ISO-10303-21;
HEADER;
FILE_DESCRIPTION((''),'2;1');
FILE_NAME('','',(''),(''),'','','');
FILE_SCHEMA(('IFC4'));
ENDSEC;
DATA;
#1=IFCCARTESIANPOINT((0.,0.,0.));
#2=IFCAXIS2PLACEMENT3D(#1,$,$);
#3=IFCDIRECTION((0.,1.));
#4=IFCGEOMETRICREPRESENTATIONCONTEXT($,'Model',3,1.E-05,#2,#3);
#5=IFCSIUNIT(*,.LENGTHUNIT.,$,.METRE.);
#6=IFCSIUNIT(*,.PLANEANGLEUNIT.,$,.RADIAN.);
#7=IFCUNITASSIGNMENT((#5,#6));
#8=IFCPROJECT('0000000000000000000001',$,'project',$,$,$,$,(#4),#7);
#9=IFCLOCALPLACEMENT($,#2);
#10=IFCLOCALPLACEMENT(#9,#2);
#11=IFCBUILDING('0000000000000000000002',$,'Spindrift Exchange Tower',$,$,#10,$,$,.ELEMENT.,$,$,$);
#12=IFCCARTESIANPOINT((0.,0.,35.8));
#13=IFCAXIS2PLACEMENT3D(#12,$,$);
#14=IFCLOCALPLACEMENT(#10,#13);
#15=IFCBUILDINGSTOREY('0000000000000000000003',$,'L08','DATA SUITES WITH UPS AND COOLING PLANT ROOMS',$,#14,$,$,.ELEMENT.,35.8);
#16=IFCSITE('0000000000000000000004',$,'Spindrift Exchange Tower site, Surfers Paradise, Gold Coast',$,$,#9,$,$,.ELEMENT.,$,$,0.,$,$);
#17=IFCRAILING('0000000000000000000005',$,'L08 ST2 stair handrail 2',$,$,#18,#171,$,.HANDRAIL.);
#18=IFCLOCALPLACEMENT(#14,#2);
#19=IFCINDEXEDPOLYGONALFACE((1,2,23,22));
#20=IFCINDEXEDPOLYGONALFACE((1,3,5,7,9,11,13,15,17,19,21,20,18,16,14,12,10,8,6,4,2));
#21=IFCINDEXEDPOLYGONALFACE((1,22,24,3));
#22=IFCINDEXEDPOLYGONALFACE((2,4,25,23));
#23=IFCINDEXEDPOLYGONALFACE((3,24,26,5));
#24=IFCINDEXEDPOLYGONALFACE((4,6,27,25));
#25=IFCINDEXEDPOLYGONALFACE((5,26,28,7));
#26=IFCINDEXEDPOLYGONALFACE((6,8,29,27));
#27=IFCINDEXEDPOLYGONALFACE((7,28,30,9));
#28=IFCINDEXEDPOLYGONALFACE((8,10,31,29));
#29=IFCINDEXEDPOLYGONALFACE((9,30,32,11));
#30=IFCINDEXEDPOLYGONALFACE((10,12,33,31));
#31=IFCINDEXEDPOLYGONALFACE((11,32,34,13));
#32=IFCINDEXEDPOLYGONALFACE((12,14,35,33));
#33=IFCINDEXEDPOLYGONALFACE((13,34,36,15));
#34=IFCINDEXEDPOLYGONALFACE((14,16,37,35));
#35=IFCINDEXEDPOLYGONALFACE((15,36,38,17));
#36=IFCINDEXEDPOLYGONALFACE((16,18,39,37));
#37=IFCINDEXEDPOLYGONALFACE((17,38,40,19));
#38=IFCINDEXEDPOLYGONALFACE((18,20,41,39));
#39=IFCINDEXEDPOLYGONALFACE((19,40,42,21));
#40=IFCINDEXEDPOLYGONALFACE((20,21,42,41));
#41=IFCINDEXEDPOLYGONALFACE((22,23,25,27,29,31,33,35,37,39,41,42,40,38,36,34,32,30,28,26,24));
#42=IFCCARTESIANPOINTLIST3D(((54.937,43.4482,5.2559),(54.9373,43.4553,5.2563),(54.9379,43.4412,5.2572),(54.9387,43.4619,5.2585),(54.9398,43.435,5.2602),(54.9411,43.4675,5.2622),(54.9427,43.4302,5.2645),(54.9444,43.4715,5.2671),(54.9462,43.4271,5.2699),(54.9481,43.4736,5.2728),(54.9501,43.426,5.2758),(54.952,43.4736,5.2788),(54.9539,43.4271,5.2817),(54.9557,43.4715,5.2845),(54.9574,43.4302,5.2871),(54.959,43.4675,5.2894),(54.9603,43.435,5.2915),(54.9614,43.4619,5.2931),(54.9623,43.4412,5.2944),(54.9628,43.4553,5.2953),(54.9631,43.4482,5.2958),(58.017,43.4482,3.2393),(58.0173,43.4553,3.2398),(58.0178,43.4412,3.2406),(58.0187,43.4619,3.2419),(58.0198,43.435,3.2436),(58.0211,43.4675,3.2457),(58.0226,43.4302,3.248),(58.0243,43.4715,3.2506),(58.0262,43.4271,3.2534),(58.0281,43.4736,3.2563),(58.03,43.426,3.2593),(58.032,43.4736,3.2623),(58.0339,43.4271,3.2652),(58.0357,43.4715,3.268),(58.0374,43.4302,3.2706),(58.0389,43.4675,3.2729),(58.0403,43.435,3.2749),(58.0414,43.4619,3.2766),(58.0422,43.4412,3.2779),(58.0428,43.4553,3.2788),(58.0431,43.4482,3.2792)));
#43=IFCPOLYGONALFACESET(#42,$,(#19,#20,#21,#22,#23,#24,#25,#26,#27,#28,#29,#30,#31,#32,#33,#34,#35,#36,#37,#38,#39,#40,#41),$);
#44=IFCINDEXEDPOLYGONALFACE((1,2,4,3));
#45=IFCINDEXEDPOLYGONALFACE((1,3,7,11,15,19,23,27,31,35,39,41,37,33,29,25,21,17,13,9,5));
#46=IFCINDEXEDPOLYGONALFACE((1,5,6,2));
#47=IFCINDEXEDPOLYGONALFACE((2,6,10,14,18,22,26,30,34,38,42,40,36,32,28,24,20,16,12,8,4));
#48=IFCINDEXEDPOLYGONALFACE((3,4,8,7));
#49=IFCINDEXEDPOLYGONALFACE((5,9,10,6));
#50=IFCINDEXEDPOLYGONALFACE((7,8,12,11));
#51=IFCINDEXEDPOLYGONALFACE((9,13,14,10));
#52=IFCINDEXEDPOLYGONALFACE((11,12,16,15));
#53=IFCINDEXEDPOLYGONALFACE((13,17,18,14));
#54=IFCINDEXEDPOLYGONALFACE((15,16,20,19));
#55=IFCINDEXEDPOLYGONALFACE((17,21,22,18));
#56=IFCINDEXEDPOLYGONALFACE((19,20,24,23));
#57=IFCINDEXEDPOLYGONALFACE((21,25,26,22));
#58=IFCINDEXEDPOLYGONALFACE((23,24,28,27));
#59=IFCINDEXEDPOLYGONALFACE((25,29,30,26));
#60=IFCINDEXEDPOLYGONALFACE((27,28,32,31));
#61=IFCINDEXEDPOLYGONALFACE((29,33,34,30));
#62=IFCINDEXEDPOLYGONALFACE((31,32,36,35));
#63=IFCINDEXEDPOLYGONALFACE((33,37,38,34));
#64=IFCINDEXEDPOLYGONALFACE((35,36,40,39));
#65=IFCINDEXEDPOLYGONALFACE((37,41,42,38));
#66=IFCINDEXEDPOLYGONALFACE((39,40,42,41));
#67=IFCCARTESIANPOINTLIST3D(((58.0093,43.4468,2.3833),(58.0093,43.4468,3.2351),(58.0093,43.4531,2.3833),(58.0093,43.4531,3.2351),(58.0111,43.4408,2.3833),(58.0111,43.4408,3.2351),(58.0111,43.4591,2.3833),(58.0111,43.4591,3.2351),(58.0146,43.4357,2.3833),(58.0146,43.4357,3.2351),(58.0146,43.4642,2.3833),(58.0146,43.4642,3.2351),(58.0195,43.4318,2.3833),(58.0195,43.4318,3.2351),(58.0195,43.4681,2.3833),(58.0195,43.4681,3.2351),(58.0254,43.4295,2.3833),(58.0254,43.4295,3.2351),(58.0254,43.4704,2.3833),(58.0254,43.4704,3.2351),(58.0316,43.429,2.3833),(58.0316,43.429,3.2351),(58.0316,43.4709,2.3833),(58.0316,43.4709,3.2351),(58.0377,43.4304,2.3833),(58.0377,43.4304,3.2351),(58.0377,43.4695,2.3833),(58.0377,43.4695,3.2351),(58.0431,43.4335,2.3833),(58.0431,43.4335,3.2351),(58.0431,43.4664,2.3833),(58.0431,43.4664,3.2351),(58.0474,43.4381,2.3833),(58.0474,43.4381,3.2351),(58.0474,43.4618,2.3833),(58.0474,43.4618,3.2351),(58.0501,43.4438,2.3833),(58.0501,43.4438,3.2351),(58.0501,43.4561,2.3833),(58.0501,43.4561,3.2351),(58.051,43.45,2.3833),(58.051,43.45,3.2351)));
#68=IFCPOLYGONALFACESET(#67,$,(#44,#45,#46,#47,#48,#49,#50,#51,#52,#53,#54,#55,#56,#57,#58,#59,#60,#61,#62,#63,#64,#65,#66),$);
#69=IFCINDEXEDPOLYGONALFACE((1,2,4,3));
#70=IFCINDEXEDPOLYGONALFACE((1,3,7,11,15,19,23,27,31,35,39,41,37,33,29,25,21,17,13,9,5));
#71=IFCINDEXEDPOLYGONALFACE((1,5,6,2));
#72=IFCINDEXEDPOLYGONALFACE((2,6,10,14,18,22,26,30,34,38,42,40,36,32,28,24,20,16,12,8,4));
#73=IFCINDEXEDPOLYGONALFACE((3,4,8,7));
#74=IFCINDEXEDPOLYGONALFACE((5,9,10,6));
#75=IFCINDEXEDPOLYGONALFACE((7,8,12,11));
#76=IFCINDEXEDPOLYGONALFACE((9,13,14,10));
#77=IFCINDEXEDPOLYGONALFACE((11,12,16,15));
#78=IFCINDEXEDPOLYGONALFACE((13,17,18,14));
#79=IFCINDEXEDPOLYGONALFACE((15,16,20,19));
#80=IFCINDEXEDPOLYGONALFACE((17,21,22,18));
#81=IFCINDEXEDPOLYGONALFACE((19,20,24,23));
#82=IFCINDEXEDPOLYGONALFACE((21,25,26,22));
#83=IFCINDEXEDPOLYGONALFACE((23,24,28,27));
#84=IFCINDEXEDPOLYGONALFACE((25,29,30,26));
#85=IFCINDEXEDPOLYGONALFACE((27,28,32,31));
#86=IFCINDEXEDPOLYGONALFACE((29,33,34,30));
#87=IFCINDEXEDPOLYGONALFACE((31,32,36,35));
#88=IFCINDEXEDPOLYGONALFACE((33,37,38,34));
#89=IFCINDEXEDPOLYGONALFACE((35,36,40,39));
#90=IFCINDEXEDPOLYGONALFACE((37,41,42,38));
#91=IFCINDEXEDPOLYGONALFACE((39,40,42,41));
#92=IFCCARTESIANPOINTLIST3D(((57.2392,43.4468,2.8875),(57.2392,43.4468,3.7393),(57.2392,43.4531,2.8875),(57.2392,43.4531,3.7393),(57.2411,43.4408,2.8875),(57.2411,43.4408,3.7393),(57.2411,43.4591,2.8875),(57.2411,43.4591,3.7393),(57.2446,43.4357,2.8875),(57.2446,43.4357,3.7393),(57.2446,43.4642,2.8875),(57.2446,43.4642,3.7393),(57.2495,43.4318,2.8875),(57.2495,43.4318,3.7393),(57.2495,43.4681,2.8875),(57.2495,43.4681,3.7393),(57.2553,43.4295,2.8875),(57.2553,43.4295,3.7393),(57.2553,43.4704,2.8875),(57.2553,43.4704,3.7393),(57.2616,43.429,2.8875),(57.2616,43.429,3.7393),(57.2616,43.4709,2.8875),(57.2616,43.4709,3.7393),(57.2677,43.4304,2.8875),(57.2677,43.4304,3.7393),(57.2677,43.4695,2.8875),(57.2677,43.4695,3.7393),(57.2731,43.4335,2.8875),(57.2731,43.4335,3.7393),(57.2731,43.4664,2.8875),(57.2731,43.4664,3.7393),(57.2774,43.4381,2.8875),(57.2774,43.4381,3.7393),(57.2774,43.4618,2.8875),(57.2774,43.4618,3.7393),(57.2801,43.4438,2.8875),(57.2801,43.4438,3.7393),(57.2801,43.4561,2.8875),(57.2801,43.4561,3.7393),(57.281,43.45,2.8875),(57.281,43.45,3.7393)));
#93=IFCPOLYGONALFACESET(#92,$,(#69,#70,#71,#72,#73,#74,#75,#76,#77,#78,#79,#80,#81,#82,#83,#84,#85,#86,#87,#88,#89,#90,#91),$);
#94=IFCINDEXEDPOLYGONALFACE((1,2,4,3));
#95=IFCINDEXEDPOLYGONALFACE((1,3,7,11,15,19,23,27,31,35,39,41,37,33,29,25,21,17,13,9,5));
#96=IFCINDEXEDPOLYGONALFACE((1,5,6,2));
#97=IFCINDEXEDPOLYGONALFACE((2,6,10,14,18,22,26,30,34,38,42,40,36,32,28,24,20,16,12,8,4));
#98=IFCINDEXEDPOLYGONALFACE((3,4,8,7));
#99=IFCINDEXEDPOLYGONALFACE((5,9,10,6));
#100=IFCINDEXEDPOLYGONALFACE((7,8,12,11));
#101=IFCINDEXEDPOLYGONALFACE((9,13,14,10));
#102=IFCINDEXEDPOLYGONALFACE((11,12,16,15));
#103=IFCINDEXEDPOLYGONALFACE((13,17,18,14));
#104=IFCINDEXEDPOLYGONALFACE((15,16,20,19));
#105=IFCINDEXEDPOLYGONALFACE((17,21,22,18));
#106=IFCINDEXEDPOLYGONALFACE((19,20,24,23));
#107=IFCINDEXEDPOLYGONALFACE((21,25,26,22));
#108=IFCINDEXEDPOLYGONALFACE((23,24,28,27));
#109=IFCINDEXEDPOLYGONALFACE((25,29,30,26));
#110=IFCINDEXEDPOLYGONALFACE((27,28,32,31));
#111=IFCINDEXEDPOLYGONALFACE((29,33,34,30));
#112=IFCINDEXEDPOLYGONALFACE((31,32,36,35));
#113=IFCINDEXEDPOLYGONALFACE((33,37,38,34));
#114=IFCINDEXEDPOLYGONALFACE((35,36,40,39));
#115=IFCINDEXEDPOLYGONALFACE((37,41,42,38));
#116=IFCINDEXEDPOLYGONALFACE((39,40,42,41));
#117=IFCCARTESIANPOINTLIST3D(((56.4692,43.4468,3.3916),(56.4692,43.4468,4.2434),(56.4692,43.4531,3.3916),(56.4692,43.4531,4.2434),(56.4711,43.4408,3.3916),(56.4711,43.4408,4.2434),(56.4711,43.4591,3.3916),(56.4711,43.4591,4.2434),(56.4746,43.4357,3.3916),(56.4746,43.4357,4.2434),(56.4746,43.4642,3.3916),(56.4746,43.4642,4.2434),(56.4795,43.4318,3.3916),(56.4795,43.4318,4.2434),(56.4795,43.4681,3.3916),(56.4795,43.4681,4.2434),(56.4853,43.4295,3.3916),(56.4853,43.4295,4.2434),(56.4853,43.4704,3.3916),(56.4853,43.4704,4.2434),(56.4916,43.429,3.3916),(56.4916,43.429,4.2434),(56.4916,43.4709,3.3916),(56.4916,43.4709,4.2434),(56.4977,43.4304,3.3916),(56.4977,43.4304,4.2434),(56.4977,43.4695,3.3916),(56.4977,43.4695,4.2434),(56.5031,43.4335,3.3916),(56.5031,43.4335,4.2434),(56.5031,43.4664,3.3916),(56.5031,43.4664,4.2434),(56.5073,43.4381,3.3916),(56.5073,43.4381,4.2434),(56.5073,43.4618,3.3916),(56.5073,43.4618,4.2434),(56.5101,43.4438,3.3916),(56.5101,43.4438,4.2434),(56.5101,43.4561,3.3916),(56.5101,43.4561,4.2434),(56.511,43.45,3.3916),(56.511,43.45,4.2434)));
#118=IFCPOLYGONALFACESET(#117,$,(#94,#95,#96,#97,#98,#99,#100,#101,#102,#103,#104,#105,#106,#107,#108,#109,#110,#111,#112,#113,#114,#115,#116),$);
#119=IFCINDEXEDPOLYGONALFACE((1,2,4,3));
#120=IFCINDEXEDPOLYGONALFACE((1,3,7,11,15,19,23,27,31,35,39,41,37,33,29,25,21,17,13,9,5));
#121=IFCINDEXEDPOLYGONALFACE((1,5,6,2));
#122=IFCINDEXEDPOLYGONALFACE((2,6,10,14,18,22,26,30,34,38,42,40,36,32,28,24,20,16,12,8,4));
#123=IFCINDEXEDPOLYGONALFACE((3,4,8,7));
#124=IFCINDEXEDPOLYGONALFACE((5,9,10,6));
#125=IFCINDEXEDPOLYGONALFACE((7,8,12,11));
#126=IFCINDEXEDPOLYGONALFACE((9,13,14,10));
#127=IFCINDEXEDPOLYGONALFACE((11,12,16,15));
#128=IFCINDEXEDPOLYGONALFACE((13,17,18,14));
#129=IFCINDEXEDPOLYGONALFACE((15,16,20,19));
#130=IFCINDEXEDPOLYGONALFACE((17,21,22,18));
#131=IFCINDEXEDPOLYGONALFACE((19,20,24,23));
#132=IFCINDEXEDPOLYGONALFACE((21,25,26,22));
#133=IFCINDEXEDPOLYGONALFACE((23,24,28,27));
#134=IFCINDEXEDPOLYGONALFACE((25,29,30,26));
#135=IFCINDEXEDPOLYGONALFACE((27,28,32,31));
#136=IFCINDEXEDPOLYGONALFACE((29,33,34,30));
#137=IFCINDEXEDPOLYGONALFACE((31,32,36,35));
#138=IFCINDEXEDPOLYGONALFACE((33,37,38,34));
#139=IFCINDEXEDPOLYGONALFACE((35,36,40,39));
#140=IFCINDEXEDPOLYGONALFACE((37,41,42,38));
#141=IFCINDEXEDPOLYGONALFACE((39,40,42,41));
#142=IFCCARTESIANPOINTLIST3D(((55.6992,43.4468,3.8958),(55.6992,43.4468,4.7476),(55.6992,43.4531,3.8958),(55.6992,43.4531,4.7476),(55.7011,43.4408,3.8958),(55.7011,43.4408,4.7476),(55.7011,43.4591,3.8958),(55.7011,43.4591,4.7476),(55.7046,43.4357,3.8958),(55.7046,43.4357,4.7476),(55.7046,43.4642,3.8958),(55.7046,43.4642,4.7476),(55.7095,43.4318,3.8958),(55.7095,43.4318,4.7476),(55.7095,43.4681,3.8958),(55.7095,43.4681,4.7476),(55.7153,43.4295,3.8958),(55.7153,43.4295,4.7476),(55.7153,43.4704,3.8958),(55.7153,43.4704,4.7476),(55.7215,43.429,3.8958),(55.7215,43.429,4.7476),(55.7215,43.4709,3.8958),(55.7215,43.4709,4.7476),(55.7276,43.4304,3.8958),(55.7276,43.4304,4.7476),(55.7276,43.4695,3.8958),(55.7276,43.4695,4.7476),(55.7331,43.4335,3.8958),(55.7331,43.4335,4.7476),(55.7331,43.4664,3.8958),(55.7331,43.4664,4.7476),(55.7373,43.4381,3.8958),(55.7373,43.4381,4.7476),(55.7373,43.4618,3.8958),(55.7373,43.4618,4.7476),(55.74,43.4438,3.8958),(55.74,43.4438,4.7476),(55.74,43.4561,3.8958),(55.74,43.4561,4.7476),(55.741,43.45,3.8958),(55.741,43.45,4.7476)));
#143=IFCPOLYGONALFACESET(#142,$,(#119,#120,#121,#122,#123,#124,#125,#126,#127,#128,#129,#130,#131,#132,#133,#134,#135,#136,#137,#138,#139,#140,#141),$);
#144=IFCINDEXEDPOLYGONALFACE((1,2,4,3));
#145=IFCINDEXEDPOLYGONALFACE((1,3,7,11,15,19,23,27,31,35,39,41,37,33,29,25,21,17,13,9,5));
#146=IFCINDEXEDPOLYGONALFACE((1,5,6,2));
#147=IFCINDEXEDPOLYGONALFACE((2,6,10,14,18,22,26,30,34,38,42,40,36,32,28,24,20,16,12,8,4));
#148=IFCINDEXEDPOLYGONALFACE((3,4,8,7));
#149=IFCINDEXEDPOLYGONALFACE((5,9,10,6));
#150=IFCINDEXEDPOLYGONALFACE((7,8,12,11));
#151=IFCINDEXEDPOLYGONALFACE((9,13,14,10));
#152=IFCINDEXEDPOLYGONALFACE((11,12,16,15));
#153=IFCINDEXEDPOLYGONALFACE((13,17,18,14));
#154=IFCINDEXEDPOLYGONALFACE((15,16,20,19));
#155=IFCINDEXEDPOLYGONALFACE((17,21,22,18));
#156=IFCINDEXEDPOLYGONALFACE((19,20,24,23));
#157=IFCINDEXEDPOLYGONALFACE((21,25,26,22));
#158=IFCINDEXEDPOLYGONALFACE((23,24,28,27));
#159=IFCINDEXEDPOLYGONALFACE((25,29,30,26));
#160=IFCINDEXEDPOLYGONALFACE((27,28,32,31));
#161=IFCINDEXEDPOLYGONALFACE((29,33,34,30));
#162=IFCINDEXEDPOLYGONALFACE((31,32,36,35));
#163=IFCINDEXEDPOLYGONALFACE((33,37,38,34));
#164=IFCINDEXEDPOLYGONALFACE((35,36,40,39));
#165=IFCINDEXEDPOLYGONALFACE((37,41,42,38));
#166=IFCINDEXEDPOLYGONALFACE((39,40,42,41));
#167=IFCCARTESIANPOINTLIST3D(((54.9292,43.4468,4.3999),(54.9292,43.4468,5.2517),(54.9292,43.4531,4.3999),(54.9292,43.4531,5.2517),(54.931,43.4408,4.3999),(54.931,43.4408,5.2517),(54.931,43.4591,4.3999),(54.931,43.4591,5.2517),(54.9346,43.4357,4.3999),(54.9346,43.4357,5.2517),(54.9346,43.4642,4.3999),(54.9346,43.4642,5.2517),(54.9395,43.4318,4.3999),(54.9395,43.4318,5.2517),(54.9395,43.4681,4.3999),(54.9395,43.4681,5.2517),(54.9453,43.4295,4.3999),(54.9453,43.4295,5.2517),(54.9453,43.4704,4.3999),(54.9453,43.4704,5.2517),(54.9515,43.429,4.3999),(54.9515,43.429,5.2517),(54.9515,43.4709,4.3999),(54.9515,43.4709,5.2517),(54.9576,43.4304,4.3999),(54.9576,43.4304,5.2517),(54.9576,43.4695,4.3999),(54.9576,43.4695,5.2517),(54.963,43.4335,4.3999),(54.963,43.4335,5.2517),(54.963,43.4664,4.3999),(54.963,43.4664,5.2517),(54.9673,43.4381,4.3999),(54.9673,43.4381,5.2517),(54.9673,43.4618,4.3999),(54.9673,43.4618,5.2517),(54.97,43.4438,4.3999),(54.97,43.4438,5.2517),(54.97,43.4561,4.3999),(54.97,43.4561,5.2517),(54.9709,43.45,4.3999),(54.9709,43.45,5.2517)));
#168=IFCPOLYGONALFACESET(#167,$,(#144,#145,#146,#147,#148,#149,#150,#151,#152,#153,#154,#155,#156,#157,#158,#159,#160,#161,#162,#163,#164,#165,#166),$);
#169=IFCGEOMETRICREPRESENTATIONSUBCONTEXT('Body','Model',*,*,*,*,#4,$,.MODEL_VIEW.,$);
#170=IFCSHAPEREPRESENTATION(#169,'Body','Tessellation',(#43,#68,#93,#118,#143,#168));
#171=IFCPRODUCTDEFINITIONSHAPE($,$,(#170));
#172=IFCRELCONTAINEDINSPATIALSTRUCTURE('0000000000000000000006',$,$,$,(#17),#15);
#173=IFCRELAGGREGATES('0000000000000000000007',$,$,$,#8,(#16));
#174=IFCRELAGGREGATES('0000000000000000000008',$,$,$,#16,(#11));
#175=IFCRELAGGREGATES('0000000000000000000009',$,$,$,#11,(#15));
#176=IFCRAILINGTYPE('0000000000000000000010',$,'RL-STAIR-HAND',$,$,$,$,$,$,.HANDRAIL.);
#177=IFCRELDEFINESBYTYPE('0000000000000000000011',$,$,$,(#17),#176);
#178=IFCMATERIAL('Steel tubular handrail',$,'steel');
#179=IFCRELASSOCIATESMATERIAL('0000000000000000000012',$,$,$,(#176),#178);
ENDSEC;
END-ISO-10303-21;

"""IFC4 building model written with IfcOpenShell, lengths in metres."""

from ifc_helpers import new_model, si_unit, direction, frame, origin, origin_2d, place, context, subcontext, project, spatial, circle, extrude, material, type_object, element, save


model = new_model("IFC4")

# Units and contexts
model_context = context("Model", 3, precision=1e-05, world=origin(), true_north=direction((0.0, 1.0)))
body_context = subcontext(model_context, "Body", "Model", "MODEL_VIEW")
ifc_project = project(units=[si_unit("LENGTHUNIT", "METRE"), si_unit("PLANEANGLEUNIT", "RADIAN")], contexts=[model_context])

# Site, building, storey
site_placement = place(None, origin())
site = spatial("IfcSite", under=ifc_project, at=site_placement, Name="Spindrift Exchange Tower site, Surfers Paradise, Gold Coast", CompositionType="ELEMENT", RefElevation=0.0)
building_placement = place(site_placement, origin())
building = spatial("IfcBuilding", under=site, at=building_placement, Name="Spindrift Exchange Tower", CompositionType="ELEMENT")
storey_placement = place(building_placement, frame((0.0, 0.0, 35.8)))
storey = spatial("IfcBuildingStorey", under=building, at=storey_placement, Name="L08", Description="DATA SUITES WITH UPS AND COOLING PLANT ROOMS", CompositionType="ELEMENT", Elevation=35.8)

# Railing
ifc_material_1 = material(Name="Steel tubular handrail", Category="steel")
railing_type_1 = type_object("IfcRailingType", Name="RL-STAIR-HAND", PredefinedType="HANDRAIL", material=ifc_material_1)
railing_1_placement = place(storey_placement, frame((58.03, 43.45, 2.3833)))
element("IfcRailing", 1, at=railing_1_placement, inside=storey, type_object=railing_type_1, Name="L08 ST2 stair handrail 2", PredefinedType="HANDRAIL", context=body_context, shape_type="SweptSolid", body=[
    extrude(circle(Radius=0.0239, at=origin_2d()), frame((0.0, 0.0, 0.876), z_axis=(-0.836633, 0.0, 0.547764), x_axis=(0.0, -1.0, 0.0)), (0.0, 0.0, 1.0), 3.6814),
    extrude(circle(Radius=0.021, at=origin_2d()), origin(), (0.0, 0.0, 1.0), 0.8518),
    extrude(circle(Radius=0.021, at=origin_2d()), frame((-0.77, 0.0, 0.5042)), (0.0, 0.0, 1.0), 0.8518),
    extrude(circle(Radius=0.021, at=origin_2d()), frame((-1.54, 0.0, 1.0083)), (0.0, 0.0, 1.0), 0.8518),
    extrude(circle(Radius=0.021, at=origin_2d()), frame((-2.3101, 0.0, 1.5125)), (0.0, 0.0, 1.0), 0.8518),
    extrude(circle(Radius=0.021, at=origin_2d()), frame((-3.0801, 0.0, 2.0166)), (0.0, 0.0, 1.0), 0.8518),
])

save(model, "model.ifc")
